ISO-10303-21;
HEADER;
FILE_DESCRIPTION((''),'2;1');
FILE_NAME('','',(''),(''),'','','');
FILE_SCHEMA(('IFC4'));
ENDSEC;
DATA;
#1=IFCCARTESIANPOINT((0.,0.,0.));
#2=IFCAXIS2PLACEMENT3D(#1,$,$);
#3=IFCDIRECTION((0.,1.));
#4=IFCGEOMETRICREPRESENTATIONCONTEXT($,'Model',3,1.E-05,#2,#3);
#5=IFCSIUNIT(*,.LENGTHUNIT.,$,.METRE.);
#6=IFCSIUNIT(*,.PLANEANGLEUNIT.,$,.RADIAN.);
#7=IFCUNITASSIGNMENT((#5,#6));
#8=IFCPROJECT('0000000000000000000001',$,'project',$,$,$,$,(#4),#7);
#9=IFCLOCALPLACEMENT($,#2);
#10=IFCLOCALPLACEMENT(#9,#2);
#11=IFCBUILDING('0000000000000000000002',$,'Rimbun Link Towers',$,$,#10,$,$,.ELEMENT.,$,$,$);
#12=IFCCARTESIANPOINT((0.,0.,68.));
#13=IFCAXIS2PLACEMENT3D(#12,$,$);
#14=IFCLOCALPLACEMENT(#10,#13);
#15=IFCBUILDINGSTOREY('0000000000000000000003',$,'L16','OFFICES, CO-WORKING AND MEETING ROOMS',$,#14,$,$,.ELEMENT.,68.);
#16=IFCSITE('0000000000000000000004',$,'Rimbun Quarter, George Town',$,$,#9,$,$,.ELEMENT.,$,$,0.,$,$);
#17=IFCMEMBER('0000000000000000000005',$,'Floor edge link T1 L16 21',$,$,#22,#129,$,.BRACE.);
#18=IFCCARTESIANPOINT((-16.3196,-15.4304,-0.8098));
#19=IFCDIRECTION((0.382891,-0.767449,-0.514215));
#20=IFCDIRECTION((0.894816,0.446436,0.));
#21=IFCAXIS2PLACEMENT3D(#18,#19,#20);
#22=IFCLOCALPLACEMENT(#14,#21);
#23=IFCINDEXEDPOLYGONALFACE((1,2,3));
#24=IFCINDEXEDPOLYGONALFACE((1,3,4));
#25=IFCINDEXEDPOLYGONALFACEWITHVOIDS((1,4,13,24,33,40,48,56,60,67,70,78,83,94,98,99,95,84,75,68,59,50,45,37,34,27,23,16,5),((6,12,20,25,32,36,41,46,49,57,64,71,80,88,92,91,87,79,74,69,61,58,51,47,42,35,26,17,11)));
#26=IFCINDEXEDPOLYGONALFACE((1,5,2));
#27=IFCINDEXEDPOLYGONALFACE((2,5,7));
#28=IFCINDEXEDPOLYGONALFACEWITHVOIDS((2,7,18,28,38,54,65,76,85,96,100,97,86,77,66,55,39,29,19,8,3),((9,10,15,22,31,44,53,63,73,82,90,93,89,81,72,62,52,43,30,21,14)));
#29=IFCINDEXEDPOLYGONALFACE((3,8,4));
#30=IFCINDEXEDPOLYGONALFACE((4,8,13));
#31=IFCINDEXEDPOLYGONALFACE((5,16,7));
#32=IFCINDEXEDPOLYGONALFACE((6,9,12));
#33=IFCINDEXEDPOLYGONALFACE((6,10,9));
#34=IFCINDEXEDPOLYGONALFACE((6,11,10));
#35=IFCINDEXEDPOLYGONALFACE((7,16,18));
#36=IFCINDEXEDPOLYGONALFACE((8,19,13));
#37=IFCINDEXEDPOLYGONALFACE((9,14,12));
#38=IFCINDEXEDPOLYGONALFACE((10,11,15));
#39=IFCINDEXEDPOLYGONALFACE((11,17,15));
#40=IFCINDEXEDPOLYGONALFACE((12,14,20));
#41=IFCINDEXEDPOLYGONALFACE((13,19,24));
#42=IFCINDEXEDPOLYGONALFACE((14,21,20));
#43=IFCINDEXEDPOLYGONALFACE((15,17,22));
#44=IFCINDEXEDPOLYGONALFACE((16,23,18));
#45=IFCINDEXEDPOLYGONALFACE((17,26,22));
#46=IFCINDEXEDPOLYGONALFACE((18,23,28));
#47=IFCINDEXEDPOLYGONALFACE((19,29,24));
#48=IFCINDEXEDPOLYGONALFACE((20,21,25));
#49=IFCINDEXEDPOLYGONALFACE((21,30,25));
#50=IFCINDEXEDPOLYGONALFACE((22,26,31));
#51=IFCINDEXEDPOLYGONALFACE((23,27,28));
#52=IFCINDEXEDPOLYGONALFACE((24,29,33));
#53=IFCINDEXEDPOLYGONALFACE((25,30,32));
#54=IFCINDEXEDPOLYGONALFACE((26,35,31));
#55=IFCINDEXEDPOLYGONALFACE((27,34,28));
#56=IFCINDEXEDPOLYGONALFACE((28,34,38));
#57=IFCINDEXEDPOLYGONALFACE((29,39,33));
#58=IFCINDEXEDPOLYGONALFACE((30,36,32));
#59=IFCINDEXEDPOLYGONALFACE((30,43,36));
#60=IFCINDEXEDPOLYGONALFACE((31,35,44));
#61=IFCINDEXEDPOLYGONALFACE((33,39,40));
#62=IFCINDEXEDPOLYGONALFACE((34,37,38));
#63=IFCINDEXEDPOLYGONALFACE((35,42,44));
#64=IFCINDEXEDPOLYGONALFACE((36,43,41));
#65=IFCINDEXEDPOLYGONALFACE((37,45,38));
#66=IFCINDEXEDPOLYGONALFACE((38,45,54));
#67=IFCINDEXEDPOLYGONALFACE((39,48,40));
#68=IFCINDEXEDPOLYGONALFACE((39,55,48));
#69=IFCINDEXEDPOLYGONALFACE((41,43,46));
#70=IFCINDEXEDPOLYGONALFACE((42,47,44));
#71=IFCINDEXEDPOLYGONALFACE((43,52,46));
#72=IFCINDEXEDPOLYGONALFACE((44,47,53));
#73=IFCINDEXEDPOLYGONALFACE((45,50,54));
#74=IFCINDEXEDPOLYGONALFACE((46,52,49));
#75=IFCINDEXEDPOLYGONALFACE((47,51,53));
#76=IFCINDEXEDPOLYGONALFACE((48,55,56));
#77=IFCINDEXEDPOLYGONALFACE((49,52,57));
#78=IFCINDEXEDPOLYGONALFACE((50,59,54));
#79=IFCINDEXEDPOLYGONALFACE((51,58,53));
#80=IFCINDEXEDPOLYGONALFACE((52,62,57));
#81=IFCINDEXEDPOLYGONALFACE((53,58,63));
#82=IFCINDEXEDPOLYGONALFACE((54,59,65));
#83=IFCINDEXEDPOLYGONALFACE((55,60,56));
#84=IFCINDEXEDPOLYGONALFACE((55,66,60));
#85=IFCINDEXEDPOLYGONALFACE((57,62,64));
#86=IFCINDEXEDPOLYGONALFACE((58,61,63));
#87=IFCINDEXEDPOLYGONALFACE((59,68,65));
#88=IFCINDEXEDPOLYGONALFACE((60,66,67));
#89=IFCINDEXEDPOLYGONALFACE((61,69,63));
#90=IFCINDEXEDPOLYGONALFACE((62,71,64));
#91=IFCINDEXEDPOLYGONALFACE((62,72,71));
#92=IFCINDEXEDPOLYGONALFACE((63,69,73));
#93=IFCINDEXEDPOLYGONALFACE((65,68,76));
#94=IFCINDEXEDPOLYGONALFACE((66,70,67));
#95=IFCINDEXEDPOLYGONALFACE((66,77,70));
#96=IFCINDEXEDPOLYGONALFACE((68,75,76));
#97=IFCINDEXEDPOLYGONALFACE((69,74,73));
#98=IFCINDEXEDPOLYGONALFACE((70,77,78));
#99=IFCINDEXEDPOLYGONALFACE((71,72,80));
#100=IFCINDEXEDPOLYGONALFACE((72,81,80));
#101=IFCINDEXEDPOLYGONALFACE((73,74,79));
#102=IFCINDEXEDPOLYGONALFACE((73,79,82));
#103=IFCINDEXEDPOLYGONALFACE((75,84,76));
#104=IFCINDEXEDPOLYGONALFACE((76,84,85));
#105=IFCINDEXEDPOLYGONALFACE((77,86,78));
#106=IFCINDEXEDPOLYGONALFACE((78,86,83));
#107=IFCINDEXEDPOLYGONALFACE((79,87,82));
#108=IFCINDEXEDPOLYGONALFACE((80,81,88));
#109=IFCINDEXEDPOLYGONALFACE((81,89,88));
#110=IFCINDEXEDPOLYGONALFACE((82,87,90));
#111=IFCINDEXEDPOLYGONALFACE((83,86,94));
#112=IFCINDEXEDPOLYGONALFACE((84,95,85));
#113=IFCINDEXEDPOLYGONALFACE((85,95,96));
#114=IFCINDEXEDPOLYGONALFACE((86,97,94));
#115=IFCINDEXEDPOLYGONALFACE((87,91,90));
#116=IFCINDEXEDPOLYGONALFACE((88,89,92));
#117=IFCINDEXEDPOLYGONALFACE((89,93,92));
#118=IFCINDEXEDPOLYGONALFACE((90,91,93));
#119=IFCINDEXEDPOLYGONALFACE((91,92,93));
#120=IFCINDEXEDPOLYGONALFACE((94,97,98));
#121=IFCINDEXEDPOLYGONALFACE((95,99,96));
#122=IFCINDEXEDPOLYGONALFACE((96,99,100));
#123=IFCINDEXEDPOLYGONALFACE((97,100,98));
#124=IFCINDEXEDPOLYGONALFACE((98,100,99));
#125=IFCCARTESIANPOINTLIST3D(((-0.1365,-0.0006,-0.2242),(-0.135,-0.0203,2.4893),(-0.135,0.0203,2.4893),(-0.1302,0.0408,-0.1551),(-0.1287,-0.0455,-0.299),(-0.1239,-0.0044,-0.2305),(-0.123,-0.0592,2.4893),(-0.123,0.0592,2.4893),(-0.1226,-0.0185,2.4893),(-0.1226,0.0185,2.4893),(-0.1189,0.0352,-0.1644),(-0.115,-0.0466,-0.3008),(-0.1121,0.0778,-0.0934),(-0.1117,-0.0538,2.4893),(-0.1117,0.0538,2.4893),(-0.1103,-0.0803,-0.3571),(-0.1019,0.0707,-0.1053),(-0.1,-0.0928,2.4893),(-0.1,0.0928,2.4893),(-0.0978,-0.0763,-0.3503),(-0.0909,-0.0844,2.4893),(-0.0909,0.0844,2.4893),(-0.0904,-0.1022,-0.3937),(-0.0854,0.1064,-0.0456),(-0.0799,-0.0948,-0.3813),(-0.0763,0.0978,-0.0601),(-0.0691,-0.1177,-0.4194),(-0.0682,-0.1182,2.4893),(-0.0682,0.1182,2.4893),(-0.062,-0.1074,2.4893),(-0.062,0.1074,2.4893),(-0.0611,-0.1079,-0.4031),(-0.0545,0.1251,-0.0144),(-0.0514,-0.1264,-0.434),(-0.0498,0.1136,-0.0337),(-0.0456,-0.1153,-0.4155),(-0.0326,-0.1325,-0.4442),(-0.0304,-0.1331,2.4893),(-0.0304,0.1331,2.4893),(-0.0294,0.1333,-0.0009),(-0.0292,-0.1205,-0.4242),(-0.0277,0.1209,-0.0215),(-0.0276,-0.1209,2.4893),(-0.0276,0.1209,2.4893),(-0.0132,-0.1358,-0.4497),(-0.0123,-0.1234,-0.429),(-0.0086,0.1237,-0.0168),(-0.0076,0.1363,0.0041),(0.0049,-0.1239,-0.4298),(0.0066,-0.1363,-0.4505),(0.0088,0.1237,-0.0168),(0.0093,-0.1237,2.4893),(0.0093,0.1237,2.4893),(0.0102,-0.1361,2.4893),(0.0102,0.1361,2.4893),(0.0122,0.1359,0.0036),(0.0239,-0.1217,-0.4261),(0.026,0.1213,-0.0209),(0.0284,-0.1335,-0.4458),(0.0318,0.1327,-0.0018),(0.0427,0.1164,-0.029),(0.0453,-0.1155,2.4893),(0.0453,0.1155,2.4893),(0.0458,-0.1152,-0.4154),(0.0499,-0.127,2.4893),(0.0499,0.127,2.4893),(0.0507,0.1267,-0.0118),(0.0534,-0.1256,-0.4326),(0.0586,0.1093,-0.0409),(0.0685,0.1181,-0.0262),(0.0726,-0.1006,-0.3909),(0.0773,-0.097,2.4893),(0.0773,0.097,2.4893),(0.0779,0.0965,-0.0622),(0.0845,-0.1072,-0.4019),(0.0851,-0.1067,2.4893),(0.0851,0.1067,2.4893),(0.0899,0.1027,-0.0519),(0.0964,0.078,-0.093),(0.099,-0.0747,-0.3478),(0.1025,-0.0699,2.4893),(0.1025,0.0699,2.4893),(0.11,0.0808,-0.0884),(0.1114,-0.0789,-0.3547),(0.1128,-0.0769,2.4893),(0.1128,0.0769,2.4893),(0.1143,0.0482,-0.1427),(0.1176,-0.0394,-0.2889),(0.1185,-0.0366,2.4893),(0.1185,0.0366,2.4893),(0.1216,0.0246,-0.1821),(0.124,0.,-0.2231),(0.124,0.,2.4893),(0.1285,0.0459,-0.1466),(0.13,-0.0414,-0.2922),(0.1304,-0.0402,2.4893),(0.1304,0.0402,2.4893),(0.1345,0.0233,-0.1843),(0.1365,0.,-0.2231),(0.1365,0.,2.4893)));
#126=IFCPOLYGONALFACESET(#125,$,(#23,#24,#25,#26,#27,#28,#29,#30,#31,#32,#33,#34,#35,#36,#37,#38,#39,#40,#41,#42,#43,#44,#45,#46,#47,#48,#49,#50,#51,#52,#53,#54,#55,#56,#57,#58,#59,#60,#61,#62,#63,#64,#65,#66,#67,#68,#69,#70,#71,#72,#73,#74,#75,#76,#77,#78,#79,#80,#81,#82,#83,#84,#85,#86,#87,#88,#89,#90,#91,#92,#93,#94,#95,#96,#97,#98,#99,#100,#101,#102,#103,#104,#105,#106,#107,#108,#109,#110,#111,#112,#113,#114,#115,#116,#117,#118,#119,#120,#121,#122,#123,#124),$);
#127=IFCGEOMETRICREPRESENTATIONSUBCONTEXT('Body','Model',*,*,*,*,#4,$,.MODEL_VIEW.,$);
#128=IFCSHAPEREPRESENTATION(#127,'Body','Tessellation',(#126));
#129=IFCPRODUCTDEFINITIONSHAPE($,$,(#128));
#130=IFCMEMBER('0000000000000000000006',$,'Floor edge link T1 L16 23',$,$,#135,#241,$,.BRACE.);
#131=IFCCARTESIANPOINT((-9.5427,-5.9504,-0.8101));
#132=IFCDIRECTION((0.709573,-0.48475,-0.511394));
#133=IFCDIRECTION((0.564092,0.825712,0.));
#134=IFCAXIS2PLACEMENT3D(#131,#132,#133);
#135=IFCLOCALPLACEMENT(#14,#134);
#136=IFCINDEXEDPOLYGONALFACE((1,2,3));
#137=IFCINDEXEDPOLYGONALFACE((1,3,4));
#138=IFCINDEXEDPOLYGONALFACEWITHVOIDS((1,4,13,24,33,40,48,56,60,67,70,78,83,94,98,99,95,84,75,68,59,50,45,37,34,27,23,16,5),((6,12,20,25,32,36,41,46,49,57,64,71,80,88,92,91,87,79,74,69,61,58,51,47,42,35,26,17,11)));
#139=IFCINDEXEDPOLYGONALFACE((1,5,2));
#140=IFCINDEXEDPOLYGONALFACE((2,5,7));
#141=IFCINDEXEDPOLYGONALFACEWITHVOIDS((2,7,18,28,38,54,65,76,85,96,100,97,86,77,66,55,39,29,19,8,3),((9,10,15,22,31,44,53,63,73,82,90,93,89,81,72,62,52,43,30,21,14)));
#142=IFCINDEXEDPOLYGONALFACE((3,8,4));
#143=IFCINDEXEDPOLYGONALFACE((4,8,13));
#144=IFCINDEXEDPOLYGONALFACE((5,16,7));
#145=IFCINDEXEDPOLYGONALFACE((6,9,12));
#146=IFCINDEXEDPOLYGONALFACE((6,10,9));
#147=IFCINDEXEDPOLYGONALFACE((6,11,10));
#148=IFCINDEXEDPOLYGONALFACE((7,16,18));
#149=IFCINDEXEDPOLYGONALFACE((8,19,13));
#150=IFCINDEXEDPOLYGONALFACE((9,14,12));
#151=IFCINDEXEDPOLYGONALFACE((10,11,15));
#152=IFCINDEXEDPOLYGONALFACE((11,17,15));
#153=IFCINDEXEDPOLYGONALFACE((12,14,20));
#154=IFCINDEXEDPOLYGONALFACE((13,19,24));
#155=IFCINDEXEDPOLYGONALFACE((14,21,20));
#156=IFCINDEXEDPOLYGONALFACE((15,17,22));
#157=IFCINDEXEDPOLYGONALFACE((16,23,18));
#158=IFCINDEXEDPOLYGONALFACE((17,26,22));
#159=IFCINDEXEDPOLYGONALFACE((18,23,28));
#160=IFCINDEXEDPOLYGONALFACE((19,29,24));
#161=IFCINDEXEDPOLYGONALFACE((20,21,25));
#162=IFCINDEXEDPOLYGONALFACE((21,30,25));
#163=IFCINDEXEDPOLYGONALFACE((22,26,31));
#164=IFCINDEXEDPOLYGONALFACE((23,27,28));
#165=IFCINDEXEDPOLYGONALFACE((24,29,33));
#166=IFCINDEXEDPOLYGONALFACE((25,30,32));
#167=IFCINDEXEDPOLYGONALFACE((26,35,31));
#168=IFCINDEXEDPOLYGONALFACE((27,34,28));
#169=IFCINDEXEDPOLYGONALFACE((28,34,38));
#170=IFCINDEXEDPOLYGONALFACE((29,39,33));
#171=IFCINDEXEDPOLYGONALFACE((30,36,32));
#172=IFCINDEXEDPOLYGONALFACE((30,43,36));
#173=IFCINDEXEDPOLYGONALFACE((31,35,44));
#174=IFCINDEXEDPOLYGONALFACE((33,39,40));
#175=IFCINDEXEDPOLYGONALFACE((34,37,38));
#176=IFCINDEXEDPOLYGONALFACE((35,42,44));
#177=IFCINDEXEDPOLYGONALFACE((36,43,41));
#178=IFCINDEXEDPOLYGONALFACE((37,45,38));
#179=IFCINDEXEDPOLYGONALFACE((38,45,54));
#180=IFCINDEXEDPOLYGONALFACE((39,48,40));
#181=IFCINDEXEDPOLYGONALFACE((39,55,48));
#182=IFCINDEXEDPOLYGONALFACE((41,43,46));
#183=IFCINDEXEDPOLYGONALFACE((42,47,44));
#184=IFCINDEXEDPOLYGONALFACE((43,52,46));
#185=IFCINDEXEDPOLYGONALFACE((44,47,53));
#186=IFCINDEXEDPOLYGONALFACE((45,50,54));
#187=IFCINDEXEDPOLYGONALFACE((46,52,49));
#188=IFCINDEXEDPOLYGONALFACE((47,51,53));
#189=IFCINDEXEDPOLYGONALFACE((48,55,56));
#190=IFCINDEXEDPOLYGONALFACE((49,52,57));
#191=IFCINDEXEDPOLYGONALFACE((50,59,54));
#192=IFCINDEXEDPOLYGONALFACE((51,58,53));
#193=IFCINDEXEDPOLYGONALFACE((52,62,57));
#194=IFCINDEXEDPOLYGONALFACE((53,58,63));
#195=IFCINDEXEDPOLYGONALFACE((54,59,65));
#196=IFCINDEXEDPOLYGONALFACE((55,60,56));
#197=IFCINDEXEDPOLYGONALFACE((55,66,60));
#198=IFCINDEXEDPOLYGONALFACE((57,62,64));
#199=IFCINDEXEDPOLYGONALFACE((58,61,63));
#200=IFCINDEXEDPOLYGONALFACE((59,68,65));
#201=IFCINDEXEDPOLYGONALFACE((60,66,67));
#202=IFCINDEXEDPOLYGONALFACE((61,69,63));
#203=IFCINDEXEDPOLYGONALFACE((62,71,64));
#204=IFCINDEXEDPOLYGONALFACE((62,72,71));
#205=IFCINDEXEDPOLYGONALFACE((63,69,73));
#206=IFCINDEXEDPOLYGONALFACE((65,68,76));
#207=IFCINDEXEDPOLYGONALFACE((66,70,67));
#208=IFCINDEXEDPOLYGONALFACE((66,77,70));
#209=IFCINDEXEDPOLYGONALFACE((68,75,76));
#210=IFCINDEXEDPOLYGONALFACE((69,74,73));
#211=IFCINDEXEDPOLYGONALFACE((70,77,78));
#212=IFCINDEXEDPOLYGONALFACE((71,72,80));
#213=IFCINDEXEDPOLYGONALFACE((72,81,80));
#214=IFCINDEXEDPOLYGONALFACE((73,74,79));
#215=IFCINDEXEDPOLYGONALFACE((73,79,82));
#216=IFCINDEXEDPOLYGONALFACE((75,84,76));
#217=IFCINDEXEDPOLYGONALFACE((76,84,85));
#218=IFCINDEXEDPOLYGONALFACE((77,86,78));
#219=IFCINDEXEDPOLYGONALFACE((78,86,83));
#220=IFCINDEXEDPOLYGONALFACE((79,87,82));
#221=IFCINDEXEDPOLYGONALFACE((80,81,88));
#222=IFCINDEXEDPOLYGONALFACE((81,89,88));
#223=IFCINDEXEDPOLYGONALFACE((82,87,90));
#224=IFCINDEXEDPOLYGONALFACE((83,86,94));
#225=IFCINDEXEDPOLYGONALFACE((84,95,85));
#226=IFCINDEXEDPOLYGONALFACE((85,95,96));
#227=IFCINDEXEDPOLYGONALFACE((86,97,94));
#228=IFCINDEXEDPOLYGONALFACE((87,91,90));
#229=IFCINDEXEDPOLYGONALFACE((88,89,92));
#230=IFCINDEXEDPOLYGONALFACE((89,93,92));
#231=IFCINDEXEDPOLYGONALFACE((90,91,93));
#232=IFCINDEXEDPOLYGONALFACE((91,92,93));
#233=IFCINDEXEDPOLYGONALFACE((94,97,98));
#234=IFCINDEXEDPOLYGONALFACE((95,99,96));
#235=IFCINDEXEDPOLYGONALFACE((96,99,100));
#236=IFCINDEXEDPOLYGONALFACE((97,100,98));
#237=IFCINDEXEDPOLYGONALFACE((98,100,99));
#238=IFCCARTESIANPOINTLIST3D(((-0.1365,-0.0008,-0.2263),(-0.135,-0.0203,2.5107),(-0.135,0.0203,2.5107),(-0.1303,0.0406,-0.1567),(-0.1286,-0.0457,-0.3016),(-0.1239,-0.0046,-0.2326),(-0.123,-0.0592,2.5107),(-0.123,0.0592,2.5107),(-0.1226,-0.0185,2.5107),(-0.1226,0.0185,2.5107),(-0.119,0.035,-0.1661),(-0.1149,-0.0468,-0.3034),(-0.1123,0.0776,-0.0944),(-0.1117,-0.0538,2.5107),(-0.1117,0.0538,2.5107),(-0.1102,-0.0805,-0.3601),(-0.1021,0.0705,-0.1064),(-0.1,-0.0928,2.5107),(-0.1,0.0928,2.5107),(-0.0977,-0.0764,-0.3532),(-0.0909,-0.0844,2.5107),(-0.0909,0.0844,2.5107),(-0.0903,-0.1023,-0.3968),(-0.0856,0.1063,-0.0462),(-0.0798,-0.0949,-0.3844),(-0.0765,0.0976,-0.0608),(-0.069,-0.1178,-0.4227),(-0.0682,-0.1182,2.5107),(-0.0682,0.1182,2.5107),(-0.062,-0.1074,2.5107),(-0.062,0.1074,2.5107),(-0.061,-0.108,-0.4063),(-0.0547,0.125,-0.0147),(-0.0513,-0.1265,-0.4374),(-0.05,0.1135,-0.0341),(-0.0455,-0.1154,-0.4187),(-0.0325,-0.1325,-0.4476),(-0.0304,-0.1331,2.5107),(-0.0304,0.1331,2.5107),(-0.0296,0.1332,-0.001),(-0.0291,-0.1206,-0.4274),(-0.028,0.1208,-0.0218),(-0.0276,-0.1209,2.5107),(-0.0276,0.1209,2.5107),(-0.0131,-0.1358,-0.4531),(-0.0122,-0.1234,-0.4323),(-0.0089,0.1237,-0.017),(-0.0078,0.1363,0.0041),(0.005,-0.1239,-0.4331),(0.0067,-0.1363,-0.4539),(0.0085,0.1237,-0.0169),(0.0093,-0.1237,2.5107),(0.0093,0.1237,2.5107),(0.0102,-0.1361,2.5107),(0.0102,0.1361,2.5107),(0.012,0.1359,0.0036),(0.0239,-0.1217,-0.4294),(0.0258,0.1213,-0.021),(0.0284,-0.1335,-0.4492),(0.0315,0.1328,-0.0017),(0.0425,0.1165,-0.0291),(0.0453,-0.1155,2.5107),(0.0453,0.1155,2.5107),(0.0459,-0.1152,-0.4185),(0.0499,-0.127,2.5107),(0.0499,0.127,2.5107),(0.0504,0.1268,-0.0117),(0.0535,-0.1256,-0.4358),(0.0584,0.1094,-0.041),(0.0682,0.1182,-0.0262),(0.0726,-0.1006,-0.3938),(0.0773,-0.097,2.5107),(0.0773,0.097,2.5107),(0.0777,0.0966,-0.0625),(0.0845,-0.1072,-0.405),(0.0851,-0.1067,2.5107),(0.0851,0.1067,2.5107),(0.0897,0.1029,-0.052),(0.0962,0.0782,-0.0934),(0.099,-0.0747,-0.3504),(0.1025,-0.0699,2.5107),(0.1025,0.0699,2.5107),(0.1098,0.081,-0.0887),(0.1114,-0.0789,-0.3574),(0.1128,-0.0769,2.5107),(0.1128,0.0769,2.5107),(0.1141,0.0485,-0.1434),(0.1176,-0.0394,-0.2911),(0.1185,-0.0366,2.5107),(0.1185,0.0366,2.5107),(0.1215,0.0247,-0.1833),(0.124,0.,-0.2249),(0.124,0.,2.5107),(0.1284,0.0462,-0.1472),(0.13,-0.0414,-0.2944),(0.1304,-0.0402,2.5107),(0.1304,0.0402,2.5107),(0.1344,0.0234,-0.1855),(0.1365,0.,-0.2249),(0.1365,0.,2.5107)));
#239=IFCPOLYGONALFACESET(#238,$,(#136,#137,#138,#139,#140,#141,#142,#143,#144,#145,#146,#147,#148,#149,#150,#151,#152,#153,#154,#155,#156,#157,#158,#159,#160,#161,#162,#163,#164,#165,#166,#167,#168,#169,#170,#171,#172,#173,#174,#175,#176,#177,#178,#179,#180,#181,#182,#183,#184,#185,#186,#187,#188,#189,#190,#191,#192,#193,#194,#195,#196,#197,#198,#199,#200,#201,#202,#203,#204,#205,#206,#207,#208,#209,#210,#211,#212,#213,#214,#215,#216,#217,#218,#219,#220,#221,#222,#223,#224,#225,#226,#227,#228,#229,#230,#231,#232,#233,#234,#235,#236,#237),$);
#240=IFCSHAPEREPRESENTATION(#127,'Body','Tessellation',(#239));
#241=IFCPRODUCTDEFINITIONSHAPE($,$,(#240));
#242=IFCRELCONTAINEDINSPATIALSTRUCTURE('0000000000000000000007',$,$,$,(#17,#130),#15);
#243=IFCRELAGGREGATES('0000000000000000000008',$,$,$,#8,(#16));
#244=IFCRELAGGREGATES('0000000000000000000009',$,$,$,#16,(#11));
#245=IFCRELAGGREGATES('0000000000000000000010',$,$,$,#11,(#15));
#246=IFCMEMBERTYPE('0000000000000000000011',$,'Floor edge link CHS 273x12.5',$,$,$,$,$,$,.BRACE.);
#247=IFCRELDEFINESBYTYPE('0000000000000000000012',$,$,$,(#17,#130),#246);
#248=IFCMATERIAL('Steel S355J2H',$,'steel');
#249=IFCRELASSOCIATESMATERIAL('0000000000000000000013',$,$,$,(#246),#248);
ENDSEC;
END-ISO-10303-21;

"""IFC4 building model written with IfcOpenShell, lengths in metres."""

from ifc_helpers import new_model, si_unit, direction, frame, origin, origin_2d, place, context, subcontext, project, spatial, hollow_circle, extrude, clip, halfspace, material, material_profile, profile_set, type_object, element, save


model = new_model("IFC4")

# Units and contexts
model_context = context("Model", 3, precision=1e-05, world=origin(), true_north=direction((0.0, 1.0)))
body_context = subcontext(model_context, "Body", "Model", "MODEL_VIEW")
ifc_project = project(units=[si_unit("LENGTHUNIT", "METRE"), si_unit("PLANEANGLEUNIT", "RADIAN")], contexts=[model_context])

# Site, building, storey
site_placement = place(None, origin())
site = spatial("IfcSite", under=ifc_project, at=site_placement, Name="Rimbun Quarter, George Town", CompositionType="ELEMENT", RefElevation=0.0)
building_placement = place(site_placement, origin())
building = spatial("IfcBuilding", under=site, at=building_placement, Name="Rimbun Link Towers", CompositionType="ELEMENT")
storey_placement = place(building_placement, frame((0.0, 0.0, 68.0)))
storey = spatial("IfcBuildingStorey", under=building, at=storey_placement, Name="L16", Description="OFFICES, CO-WORKING AND MEETING ROOMS", CompositionType="ELEMENT", Elevation=68.0)

# Members
ifc_material_1 = material(Name="Steel S355J2H", Category="steel")
ifc_material_profile_1 = material_profile(ifc_material_1, hollow_circle(Radius=0.1365, WallThickness=0.0125, at=origin_2d()), Name="CHS 273x12.5")
ifc_profile_set_1 = profile_set([ifc_material_profile_1], Name="Steel S355J2H")
member_type_1 = type_object("IfcMemberType", Name="Floor edge link CHS 273x12.5", PredefinedType="BRACE", material=ifc_profile_set_1)
member_1_placement = place(storey_placement, frame((-16.3196, -15.4304, -0.8098), z_axis=(0.382891, -0.767449, -0.514215), x_axis=(0.894816, 0.446436, 0.0)))
element("IfcMember", 1, at=member_1_placement, inside=storey, type_object=member_type_1, Name="Floor edge link T1 L16 21", PredefinedType="BRACE", context=body_context, shape_type="Clipping", body=[
    clip(extrude(hollow_circle(Radius=0.1365, WallThickness=0.0125, at=origin_2d()), frame((0.0, 0.0, -0.4746)), (0.0, 0.0, 1.0), 2.9639), halfspace(frame((0.0, 0.0, -0.2231), z_axis=(0.0, 0.857661, -0.514215)), False)),
])
member_2_placement = place(storey_placement, frame((-9.5427, -5.9504, -0.8101), z_axis=(0.709573, -0.48475, -0.511394), x_axis=(0.564092, 0.825712, 0.0)))
element("IfcMember", 2, at=member_2_placement, inside=storey, type_object=member_type_1, Name="Floor edge link T1 L16 23", PredefinedType="BRACE", context=body_context, shape_type="Clipping", body=[
    clip(extrude(hollow_circle(Radius=0.1365, WallThickness=0.0125, at=origin_2d()), frame((0.0, 0.0, -0.4783)), (0.0, 0.0, 1.0), 2.989), halfspace(frame((0.0, 0.0, -0.2249), z_axis=(0.0, 0.859346, -0.511394)), False)),
])

save(model, "model.ifc")
